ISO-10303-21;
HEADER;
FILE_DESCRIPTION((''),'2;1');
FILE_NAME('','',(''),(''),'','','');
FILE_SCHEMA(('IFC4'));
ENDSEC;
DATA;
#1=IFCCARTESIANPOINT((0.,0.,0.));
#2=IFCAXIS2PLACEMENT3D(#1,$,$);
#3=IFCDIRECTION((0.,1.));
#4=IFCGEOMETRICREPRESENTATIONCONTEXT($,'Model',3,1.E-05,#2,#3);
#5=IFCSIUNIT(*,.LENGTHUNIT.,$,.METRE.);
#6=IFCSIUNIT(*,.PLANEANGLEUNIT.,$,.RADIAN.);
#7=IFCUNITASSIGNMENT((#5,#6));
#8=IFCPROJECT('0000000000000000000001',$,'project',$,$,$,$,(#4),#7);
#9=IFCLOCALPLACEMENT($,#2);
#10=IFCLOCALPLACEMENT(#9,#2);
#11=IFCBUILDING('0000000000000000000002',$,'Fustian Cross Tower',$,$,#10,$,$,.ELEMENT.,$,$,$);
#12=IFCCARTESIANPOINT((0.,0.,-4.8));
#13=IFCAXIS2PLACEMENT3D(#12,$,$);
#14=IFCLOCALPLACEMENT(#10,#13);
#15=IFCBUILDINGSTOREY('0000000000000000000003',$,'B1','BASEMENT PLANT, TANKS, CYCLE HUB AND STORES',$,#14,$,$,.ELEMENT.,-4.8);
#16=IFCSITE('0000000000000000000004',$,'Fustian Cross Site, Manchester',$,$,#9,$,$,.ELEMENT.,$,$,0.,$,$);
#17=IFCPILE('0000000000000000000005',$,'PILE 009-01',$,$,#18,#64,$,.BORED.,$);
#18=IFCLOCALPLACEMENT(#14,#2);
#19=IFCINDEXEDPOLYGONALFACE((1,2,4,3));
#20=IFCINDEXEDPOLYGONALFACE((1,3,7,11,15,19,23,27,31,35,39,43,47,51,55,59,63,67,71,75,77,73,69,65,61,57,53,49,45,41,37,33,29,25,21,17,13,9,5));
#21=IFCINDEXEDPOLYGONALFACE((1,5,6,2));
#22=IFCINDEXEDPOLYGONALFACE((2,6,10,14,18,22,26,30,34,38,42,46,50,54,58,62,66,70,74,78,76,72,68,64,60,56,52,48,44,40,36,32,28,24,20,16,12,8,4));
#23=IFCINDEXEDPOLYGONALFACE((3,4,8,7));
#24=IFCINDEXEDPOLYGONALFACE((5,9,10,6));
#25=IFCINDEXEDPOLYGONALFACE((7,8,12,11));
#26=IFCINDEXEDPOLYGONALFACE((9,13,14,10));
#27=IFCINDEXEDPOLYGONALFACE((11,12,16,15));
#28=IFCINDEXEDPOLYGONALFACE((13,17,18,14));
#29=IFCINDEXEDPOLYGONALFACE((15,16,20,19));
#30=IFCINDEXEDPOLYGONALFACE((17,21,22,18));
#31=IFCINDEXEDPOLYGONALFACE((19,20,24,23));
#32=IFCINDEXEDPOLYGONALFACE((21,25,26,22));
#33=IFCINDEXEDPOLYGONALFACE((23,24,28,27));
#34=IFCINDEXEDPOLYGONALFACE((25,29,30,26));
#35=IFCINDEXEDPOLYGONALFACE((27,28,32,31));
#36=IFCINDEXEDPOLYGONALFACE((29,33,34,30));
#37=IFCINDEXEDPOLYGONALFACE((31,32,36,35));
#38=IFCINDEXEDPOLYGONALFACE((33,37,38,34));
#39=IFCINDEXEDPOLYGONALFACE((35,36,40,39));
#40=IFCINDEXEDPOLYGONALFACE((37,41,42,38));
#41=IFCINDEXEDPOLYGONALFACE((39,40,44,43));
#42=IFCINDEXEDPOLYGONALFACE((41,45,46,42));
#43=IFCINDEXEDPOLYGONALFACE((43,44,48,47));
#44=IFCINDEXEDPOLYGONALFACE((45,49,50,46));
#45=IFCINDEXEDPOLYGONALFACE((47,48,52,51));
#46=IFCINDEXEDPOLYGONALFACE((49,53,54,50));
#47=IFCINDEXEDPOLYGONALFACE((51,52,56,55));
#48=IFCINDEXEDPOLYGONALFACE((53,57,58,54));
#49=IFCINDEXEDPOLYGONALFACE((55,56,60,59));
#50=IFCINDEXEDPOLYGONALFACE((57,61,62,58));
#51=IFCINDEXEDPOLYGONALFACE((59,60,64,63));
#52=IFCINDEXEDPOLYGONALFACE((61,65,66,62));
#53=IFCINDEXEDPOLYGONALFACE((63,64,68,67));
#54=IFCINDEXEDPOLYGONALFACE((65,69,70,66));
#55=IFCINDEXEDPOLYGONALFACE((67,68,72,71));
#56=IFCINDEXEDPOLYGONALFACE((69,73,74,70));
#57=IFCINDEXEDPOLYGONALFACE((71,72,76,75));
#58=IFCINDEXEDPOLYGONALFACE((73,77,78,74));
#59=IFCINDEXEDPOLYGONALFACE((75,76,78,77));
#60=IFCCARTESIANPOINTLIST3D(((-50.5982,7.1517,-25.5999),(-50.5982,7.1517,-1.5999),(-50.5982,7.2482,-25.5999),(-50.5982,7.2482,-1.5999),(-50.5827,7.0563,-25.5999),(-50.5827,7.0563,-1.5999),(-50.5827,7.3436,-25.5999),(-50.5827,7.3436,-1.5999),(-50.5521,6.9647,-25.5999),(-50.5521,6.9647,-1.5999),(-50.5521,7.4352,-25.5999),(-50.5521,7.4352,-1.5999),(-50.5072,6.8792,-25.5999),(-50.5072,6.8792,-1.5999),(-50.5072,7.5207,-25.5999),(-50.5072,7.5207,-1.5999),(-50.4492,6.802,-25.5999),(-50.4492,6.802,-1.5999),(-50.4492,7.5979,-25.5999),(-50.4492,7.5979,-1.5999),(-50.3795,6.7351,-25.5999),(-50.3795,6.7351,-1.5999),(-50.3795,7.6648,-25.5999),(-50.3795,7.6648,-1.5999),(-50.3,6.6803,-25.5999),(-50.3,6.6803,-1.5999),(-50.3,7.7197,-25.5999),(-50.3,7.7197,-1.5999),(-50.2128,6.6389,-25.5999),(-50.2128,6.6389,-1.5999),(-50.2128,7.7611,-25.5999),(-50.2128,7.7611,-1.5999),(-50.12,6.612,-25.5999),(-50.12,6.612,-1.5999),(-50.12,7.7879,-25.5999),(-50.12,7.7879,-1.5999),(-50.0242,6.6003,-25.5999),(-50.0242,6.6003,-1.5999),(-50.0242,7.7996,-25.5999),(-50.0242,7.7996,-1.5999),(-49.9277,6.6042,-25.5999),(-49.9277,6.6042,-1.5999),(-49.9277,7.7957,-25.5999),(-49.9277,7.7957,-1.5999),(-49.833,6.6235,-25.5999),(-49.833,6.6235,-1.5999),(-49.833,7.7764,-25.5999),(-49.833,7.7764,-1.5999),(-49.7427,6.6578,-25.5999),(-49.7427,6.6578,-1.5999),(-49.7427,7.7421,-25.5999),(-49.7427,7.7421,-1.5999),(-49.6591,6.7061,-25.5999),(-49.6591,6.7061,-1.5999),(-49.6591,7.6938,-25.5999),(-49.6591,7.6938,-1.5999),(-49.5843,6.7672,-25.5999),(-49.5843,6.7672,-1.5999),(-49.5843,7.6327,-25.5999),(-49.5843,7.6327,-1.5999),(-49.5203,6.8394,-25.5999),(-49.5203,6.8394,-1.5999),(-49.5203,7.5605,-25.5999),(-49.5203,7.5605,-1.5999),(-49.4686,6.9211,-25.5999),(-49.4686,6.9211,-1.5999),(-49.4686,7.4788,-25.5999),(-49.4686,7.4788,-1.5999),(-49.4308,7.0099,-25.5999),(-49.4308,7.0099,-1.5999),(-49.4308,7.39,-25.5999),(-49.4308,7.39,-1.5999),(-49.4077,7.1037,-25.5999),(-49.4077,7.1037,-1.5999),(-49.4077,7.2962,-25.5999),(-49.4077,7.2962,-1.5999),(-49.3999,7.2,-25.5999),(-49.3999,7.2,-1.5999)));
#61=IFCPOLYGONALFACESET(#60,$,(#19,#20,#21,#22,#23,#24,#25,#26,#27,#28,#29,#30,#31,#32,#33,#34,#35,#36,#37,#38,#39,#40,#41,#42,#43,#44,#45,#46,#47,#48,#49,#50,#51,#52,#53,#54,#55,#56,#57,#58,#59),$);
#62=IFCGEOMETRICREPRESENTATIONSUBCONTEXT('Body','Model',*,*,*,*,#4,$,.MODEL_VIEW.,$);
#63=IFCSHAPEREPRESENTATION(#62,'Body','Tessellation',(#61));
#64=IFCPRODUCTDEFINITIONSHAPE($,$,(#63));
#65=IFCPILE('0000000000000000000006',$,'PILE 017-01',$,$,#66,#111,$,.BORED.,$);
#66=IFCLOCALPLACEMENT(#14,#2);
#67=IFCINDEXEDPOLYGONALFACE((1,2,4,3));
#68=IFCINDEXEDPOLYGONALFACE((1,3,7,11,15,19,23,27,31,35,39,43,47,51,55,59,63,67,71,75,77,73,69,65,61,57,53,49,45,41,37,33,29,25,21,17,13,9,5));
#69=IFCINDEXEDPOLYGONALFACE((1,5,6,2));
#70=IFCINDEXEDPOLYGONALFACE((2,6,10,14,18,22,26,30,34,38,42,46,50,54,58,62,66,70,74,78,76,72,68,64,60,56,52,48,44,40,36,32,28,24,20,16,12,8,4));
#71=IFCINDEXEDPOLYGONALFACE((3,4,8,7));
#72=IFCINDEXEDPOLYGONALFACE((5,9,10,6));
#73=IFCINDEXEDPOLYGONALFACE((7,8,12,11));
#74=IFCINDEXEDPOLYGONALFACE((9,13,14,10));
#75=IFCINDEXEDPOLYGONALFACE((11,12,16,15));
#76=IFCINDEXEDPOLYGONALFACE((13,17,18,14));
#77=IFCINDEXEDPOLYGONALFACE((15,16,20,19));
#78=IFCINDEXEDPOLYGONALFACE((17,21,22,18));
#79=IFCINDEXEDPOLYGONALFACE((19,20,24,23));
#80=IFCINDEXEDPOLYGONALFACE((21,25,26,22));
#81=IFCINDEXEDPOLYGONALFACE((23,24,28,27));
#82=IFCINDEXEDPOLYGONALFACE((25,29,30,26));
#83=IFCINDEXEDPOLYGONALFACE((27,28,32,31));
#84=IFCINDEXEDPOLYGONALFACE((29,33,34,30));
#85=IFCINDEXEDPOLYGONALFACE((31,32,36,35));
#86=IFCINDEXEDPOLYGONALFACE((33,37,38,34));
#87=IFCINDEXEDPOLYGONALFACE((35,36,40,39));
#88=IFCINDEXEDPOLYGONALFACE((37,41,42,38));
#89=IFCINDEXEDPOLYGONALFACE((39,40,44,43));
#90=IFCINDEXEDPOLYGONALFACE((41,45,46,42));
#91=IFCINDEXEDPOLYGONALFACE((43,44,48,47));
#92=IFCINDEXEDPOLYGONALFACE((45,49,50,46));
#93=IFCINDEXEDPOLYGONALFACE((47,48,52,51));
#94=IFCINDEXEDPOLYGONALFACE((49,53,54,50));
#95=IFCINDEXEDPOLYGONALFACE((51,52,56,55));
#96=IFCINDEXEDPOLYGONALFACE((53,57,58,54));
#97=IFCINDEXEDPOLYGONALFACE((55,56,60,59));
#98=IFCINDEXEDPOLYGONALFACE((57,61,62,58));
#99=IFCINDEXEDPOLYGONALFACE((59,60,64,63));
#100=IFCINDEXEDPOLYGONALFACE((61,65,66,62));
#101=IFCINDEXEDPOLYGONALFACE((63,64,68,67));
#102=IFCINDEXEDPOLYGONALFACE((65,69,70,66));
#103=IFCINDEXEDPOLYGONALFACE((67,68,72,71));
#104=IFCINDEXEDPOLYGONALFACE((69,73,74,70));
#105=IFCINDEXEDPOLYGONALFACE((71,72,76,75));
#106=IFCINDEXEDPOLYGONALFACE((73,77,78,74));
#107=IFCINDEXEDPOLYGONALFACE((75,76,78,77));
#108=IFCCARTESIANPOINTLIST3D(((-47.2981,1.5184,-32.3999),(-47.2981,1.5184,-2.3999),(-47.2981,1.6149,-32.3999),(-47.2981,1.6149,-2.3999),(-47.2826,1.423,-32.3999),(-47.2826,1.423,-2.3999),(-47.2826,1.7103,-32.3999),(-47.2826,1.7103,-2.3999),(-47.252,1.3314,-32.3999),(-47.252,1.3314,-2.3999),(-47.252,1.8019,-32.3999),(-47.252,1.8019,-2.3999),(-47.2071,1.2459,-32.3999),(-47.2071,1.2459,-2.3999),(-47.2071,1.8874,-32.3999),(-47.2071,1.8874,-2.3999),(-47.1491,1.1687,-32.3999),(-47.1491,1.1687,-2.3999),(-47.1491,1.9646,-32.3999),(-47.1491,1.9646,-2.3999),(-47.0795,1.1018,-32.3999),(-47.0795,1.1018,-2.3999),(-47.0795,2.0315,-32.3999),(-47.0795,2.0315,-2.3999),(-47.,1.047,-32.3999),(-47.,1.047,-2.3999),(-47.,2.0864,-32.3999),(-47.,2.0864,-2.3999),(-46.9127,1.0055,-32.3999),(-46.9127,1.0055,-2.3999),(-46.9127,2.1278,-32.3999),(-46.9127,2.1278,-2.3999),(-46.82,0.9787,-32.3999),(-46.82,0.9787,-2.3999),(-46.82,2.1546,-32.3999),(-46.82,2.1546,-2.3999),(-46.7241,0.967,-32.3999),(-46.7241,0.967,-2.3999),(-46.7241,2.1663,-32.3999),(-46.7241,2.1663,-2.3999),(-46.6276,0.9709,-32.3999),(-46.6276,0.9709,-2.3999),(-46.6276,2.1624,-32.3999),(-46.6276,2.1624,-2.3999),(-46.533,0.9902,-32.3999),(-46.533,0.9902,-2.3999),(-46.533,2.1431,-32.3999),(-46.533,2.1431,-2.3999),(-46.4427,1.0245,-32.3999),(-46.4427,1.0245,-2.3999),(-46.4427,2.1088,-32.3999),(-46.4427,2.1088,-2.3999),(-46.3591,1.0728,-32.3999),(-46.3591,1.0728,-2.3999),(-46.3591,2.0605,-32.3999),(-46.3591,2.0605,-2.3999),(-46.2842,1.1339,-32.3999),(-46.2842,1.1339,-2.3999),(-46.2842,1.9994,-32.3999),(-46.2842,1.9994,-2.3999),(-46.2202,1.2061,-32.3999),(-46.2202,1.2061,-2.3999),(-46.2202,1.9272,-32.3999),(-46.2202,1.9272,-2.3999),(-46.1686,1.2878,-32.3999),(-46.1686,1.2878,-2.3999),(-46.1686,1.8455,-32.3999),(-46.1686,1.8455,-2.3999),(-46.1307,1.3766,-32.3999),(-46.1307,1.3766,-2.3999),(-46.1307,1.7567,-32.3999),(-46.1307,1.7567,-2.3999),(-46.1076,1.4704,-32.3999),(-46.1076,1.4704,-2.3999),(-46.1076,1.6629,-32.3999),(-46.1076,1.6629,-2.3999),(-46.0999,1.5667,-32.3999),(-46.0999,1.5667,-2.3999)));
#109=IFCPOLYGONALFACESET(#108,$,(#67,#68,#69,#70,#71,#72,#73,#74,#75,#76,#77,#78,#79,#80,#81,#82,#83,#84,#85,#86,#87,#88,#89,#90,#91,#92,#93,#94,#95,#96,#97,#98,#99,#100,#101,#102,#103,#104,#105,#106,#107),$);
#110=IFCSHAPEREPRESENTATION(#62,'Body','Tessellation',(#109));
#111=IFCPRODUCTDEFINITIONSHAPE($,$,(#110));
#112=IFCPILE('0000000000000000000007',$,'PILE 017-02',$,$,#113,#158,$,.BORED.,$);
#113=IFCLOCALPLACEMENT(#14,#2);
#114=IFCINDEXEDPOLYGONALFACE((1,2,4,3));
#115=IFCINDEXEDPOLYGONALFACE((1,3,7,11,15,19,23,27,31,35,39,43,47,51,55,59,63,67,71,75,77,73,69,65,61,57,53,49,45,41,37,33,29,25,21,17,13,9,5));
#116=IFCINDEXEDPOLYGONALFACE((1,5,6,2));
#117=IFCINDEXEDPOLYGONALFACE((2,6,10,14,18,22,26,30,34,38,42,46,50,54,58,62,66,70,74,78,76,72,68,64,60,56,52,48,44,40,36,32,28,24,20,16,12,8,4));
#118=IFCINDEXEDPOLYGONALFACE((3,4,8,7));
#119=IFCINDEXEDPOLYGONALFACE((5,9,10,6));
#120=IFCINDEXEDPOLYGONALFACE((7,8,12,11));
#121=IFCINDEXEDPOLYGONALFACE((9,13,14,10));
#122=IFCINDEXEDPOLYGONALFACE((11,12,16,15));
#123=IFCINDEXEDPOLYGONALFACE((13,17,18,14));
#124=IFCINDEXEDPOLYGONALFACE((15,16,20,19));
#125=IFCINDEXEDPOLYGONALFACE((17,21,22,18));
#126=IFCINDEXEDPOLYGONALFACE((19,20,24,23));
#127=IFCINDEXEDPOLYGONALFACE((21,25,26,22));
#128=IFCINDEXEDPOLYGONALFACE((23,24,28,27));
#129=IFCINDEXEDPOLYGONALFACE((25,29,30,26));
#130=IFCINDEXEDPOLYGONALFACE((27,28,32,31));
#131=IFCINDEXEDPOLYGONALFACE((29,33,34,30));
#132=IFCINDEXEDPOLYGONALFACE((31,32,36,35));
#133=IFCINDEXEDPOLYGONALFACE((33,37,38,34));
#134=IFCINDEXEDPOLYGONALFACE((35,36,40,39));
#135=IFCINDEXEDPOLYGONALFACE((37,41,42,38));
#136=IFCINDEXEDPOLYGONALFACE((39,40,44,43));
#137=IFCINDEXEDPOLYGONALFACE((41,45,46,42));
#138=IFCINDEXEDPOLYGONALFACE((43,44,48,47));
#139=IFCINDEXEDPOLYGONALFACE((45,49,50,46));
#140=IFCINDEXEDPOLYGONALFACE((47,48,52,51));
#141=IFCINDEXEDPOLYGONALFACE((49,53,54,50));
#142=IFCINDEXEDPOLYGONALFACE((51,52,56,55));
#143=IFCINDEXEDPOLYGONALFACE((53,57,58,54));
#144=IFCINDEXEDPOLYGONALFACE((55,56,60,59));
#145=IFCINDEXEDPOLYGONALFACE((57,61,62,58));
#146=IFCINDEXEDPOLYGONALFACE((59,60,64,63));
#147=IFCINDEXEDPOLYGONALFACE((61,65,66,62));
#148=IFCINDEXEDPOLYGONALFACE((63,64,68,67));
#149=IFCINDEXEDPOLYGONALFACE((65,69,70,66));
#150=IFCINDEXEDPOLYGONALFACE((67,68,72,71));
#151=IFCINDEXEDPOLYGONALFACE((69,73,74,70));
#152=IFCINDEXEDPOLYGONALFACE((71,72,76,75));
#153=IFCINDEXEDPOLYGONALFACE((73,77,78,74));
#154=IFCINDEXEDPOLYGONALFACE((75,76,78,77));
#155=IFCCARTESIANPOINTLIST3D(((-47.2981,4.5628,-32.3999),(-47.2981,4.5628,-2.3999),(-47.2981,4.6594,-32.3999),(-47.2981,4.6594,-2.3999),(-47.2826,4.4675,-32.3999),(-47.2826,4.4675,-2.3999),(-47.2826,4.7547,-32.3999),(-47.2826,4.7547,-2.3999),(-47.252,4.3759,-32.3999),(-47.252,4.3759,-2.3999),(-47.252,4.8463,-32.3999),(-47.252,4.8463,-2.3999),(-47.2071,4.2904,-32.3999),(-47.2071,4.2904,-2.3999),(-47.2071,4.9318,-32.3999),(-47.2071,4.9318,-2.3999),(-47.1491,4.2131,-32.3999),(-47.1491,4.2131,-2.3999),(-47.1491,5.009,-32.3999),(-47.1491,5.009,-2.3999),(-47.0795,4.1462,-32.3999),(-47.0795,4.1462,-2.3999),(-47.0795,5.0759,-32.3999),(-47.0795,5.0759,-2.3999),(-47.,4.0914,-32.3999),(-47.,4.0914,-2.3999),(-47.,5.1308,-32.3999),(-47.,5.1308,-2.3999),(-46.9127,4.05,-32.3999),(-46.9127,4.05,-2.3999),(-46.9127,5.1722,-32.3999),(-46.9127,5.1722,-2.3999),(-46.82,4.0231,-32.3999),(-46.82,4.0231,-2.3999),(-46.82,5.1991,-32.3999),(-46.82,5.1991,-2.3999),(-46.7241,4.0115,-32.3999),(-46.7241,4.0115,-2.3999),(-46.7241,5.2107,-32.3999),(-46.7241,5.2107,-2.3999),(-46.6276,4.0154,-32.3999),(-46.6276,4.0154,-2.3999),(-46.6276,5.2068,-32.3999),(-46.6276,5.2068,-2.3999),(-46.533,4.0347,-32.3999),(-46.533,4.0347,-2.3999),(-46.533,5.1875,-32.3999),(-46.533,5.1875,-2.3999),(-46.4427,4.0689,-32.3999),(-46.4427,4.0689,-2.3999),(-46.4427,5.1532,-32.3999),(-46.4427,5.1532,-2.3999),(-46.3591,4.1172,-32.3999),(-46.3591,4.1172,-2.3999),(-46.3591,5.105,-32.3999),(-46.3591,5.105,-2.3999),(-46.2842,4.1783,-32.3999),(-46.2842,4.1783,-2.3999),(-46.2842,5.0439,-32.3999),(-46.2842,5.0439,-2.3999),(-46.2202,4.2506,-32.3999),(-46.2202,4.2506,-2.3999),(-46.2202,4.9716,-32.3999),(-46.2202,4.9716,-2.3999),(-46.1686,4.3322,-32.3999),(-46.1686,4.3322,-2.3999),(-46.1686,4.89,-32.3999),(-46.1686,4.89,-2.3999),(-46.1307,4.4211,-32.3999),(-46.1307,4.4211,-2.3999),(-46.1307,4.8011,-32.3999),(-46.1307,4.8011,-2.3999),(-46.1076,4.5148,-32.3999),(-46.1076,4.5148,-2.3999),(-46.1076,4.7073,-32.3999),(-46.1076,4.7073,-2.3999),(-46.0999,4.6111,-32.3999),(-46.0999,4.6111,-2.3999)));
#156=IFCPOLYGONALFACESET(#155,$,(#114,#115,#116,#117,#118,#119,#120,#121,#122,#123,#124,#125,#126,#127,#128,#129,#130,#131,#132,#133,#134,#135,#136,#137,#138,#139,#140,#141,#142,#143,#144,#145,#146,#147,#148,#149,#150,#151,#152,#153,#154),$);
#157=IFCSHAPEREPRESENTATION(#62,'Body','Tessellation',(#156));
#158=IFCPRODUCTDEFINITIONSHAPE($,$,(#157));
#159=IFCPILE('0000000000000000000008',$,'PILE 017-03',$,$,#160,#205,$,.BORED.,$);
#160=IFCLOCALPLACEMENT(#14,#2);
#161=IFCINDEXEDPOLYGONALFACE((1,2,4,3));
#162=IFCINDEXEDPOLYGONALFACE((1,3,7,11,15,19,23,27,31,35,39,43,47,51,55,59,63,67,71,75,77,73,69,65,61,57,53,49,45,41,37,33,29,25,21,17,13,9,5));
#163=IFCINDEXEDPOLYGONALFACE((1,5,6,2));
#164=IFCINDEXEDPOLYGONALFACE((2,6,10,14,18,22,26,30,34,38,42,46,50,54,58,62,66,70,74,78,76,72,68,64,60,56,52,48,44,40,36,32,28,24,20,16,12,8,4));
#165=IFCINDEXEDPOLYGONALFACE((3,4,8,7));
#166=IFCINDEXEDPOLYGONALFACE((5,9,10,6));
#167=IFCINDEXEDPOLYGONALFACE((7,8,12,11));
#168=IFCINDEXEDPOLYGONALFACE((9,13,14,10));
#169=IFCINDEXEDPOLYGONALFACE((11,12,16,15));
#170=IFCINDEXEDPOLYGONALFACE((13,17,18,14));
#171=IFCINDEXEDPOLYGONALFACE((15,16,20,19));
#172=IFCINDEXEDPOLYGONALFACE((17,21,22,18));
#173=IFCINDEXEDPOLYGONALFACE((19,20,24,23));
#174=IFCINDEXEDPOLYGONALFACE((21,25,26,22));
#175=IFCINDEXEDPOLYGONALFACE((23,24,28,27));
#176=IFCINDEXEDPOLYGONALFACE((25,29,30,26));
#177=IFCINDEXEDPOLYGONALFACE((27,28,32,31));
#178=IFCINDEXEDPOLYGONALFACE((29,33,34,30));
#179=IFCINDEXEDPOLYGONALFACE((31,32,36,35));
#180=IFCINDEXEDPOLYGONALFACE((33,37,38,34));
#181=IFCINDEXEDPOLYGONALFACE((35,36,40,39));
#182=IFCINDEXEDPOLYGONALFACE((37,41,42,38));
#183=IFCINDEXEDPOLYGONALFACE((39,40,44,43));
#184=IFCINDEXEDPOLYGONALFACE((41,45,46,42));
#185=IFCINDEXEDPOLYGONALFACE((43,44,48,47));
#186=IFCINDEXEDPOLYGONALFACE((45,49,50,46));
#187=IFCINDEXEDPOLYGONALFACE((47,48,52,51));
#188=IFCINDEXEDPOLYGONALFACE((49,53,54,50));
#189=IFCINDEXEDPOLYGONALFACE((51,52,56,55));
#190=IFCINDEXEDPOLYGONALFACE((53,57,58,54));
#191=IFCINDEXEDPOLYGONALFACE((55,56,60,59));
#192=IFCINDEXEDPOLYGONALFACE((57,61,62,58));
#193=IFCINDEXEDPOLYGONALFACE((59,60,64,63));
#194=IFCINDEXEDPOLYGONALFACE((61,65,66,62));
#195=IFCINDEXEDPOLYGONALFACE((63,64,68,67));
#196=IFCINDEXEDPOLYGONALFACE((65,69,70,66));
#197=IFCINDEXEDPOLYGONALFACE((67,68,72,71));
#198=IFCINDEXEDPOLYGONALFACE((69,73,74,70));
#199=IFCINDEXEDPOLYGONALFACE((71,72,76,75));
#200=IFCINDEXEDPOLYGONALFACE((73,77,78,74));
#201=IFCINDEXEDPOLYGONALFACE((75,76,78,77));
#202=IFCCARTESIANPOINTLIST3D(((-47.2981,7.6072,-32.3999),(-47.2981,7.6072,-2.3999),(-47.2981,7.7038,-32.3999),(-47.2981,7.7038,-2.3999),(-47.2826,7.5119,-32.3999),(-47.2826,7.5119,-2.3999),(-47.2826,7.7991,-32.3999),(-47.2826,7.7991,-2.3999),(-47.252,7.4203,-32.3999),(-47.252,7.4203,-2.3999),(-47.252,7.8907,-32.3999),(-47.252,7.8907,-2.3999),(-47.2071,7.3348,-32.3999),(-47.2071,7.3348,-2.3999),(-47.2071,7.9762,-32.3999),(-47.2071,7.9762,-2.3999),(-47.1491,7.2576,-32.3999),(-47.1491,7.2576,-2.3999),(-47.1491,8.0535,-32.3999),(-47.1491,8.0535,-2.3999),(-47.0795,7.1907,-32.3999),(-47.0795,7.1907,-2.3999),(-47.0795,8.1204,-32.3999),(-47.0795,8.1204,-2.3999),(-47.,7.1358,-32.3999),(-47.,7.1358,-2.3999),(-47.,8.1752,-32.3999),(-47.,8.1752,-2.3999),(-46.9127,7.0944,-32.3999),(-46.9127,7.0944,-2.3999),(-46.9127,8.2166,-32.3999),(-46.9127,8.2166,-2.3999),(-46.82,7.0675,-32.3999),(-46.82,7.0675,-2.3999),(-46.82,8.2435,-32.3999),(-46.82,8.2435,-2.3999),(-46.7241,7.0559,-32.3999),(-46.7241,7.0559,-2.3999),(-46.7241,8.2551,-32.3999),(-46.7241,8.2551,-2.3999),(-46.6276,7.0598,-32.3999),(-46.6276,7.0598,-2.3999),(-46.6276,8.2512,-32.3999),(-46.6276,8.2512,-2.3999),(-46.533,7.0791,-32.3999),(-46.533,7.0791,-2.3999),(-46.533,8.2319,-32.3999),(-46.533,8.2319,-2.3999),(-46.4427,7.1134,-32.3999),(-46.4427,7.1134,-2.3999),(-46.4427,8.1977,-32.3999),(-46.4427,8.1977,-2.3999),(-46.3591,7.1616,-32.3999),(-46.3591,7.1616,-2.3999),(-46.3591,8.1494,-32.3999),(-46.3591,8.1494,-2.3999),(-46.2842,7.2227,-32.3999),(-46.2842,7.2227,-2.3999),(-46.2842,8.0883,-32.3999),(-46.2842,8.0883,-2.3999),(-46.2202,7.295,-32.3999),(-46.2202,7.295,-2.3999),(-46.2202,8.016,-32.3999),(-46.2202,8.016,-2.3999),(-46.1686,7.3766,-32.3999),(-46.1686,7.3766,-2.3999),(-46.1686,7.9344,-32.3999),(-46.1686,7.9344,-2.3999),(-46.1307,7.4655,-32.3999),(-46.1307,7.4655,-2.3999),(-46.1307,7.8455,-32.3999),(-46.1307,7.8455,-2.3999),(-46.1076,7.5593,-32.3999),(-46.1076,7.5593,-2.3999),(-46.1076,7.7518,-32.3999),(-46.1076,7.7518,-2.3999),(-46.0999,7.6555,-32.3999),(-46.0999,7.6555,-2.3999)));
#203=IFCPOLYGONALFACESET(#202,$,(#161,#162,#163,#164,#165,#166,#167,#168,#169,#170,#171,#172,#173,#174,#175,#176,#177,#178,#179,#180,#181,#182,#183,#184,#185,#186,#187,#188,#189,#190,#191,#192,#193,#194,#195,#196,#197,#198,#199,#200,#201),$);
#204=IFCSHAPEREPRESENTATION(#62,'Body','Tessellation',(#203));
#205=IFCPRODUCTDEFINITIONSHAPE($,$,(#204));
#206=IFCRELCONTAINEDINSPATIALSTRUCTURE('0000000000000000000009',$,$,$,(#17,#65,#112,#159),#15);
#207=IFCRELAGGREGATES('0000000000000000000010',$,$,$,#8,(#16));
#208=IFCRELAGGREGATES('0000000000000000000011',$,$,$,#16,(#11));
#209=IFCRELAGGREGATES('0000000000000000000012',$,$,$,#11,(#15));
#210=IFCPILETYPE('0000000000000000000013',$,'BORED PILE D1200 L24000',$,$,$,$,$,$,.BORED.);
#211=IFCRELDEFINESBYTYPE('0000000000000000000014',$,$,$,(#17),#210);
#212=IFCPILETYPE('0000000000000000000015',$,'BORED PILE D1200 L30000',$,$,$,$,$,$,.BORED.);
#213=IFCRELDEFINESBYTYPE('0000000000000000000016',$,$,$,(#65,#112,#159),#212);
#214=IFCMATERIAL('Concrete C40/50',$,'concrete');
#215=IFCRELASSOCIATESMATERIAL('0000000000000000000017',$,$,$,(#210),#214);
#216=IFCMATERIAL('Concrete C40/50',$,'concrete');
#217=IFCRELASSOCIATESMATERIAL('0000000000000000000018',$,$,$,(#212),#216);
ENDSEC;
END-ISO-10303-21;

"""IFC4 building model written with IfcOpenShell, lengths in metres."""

from ifc_helpers import new_model, si_unit, direction, frame, origin, origin_2d, place, context, subcontext, project, spatial, circle, extrude, material, material_profile, profile_set, type_object, element, save


model = new_model("IFC4")

# Units and contexts
model_context = context("Model", 3, precision=1e-05, world=origin(), true_north=direction((0.0, 1.0)))
body_context = subcontext(model_context, "Body", "Model", "MODEL_VIEW")
ifc_project = project(units=[si_unit("LENGTHUNIT", "METRE"), si_unit("PLANEANGLEUNIT", "RADIAN")], contexts=[model_context])

# Site, building, storey
site_placement = place(None, origin())
site = spatial("IfcSite", under=ifc_project, at=site_placement, Name="Fustian Cross Site, Manchester", CompositionType="ELEMENT", RefElevation=0.0)
building_placement = place(site_placement, origin())
building = spatial("IfcBuilding", under=site, at=building_placement, Name="Fustian Cross Tower", CompositionType="ELEMENT")
storey_placement = place(building_placement, frame((0.0, 0.0, -4.8)))
storey = spatial("IfcBuildingStorey", under=building, at=storey_placement, Name="B1", Description="BASEMENT PLANT, TANKS, CYCLE HUB AND STORES", CompositionType="ELEMENT", Elevation=-4.8)

# Piles
ifc_material_1 = material(Name="Concrete C40/50", Category="concrete")
ifc_material_profile_1 = material_profile(ifc_material_1, circle(Radius=0.6001, at=origin_2d()), Name="BORED PILE D1200 L24000")
ifc_profile_set_1 = profile_set([ifc_material_profile_1], Name="Concrete C40/50")
pile_type_1 = type_object("IfcPileType", Name="BORED PILE D1200 L24000", PredefinedType="BORED", material=ifc_profile_set_1)
pile_placement = place(storey_placement, frame((-50.0, 7.2, -1.5999), z_axis=(0.0, 0.0, -1.0), x_axis=(1.0, 0.0, 0.0)))
element("IfcPile", 1, at=pile_placement, inside=storey, type_object=pile_type_1, Name="PILE 009-01", PredefinedType="BORED", context=body_context, shape_type="SweptSolid", body=[
    extrude(circle(Radius=0.6001, at=origin_2d()), origin(), (0.0, 0.0, 1.0), 24.0),
])
ifc_material_2 = material(Name="Concrete C40/50", Category="concrete")
ifc_material_profile_2 = material_profile(ifc_material_2, circle(Radius=0.6001, at=origin_2d()), Name="BORED PILE D1200 L30000")
ifc_profile_set_2 = profile_set([ifc_material_profile_2], Name="Concrete C40/50")
pile_type_2 = type_object("IfcPileType", Name="BORED PILE D1200 L30000", PredefinedType="BORED", material=ifc_profile_set_2)
for number, where, z_axis, x_axis, name in (
    (2, (-46.7, 1.5667, -2.3999), (0.0, 0.0, -1.0), (1.0, 0.0, 0.0), "PILE 017-01"),
    (3, (-46.7, 4.6111, -2.3999), (0.0, 0.0, -1.0), (1.0, 0.0, 0.0), "PILE 017-02"),
    (4, (-46.7, 7.6555, -2.3999), (0.0, 0.0, -1.0), (1.0, 0.0, 0.0), "PILE 017-03"),
):
    element("IfcPile", number, at=place(storey_placement, frame(where, z_axis=z_axis, x_axis=x_axis)), inside=storey, type_object=pile_type_2, Name=name, PredefinedType="BORED", context=body_context, shape_type="SweptSolid", body=[
        extrude(circle(Radius=0.6001, at=origin_2d()), origin(), (0.0, 0.0, 1.0), 30.0),
    ])

save(model, "model.ifc")
